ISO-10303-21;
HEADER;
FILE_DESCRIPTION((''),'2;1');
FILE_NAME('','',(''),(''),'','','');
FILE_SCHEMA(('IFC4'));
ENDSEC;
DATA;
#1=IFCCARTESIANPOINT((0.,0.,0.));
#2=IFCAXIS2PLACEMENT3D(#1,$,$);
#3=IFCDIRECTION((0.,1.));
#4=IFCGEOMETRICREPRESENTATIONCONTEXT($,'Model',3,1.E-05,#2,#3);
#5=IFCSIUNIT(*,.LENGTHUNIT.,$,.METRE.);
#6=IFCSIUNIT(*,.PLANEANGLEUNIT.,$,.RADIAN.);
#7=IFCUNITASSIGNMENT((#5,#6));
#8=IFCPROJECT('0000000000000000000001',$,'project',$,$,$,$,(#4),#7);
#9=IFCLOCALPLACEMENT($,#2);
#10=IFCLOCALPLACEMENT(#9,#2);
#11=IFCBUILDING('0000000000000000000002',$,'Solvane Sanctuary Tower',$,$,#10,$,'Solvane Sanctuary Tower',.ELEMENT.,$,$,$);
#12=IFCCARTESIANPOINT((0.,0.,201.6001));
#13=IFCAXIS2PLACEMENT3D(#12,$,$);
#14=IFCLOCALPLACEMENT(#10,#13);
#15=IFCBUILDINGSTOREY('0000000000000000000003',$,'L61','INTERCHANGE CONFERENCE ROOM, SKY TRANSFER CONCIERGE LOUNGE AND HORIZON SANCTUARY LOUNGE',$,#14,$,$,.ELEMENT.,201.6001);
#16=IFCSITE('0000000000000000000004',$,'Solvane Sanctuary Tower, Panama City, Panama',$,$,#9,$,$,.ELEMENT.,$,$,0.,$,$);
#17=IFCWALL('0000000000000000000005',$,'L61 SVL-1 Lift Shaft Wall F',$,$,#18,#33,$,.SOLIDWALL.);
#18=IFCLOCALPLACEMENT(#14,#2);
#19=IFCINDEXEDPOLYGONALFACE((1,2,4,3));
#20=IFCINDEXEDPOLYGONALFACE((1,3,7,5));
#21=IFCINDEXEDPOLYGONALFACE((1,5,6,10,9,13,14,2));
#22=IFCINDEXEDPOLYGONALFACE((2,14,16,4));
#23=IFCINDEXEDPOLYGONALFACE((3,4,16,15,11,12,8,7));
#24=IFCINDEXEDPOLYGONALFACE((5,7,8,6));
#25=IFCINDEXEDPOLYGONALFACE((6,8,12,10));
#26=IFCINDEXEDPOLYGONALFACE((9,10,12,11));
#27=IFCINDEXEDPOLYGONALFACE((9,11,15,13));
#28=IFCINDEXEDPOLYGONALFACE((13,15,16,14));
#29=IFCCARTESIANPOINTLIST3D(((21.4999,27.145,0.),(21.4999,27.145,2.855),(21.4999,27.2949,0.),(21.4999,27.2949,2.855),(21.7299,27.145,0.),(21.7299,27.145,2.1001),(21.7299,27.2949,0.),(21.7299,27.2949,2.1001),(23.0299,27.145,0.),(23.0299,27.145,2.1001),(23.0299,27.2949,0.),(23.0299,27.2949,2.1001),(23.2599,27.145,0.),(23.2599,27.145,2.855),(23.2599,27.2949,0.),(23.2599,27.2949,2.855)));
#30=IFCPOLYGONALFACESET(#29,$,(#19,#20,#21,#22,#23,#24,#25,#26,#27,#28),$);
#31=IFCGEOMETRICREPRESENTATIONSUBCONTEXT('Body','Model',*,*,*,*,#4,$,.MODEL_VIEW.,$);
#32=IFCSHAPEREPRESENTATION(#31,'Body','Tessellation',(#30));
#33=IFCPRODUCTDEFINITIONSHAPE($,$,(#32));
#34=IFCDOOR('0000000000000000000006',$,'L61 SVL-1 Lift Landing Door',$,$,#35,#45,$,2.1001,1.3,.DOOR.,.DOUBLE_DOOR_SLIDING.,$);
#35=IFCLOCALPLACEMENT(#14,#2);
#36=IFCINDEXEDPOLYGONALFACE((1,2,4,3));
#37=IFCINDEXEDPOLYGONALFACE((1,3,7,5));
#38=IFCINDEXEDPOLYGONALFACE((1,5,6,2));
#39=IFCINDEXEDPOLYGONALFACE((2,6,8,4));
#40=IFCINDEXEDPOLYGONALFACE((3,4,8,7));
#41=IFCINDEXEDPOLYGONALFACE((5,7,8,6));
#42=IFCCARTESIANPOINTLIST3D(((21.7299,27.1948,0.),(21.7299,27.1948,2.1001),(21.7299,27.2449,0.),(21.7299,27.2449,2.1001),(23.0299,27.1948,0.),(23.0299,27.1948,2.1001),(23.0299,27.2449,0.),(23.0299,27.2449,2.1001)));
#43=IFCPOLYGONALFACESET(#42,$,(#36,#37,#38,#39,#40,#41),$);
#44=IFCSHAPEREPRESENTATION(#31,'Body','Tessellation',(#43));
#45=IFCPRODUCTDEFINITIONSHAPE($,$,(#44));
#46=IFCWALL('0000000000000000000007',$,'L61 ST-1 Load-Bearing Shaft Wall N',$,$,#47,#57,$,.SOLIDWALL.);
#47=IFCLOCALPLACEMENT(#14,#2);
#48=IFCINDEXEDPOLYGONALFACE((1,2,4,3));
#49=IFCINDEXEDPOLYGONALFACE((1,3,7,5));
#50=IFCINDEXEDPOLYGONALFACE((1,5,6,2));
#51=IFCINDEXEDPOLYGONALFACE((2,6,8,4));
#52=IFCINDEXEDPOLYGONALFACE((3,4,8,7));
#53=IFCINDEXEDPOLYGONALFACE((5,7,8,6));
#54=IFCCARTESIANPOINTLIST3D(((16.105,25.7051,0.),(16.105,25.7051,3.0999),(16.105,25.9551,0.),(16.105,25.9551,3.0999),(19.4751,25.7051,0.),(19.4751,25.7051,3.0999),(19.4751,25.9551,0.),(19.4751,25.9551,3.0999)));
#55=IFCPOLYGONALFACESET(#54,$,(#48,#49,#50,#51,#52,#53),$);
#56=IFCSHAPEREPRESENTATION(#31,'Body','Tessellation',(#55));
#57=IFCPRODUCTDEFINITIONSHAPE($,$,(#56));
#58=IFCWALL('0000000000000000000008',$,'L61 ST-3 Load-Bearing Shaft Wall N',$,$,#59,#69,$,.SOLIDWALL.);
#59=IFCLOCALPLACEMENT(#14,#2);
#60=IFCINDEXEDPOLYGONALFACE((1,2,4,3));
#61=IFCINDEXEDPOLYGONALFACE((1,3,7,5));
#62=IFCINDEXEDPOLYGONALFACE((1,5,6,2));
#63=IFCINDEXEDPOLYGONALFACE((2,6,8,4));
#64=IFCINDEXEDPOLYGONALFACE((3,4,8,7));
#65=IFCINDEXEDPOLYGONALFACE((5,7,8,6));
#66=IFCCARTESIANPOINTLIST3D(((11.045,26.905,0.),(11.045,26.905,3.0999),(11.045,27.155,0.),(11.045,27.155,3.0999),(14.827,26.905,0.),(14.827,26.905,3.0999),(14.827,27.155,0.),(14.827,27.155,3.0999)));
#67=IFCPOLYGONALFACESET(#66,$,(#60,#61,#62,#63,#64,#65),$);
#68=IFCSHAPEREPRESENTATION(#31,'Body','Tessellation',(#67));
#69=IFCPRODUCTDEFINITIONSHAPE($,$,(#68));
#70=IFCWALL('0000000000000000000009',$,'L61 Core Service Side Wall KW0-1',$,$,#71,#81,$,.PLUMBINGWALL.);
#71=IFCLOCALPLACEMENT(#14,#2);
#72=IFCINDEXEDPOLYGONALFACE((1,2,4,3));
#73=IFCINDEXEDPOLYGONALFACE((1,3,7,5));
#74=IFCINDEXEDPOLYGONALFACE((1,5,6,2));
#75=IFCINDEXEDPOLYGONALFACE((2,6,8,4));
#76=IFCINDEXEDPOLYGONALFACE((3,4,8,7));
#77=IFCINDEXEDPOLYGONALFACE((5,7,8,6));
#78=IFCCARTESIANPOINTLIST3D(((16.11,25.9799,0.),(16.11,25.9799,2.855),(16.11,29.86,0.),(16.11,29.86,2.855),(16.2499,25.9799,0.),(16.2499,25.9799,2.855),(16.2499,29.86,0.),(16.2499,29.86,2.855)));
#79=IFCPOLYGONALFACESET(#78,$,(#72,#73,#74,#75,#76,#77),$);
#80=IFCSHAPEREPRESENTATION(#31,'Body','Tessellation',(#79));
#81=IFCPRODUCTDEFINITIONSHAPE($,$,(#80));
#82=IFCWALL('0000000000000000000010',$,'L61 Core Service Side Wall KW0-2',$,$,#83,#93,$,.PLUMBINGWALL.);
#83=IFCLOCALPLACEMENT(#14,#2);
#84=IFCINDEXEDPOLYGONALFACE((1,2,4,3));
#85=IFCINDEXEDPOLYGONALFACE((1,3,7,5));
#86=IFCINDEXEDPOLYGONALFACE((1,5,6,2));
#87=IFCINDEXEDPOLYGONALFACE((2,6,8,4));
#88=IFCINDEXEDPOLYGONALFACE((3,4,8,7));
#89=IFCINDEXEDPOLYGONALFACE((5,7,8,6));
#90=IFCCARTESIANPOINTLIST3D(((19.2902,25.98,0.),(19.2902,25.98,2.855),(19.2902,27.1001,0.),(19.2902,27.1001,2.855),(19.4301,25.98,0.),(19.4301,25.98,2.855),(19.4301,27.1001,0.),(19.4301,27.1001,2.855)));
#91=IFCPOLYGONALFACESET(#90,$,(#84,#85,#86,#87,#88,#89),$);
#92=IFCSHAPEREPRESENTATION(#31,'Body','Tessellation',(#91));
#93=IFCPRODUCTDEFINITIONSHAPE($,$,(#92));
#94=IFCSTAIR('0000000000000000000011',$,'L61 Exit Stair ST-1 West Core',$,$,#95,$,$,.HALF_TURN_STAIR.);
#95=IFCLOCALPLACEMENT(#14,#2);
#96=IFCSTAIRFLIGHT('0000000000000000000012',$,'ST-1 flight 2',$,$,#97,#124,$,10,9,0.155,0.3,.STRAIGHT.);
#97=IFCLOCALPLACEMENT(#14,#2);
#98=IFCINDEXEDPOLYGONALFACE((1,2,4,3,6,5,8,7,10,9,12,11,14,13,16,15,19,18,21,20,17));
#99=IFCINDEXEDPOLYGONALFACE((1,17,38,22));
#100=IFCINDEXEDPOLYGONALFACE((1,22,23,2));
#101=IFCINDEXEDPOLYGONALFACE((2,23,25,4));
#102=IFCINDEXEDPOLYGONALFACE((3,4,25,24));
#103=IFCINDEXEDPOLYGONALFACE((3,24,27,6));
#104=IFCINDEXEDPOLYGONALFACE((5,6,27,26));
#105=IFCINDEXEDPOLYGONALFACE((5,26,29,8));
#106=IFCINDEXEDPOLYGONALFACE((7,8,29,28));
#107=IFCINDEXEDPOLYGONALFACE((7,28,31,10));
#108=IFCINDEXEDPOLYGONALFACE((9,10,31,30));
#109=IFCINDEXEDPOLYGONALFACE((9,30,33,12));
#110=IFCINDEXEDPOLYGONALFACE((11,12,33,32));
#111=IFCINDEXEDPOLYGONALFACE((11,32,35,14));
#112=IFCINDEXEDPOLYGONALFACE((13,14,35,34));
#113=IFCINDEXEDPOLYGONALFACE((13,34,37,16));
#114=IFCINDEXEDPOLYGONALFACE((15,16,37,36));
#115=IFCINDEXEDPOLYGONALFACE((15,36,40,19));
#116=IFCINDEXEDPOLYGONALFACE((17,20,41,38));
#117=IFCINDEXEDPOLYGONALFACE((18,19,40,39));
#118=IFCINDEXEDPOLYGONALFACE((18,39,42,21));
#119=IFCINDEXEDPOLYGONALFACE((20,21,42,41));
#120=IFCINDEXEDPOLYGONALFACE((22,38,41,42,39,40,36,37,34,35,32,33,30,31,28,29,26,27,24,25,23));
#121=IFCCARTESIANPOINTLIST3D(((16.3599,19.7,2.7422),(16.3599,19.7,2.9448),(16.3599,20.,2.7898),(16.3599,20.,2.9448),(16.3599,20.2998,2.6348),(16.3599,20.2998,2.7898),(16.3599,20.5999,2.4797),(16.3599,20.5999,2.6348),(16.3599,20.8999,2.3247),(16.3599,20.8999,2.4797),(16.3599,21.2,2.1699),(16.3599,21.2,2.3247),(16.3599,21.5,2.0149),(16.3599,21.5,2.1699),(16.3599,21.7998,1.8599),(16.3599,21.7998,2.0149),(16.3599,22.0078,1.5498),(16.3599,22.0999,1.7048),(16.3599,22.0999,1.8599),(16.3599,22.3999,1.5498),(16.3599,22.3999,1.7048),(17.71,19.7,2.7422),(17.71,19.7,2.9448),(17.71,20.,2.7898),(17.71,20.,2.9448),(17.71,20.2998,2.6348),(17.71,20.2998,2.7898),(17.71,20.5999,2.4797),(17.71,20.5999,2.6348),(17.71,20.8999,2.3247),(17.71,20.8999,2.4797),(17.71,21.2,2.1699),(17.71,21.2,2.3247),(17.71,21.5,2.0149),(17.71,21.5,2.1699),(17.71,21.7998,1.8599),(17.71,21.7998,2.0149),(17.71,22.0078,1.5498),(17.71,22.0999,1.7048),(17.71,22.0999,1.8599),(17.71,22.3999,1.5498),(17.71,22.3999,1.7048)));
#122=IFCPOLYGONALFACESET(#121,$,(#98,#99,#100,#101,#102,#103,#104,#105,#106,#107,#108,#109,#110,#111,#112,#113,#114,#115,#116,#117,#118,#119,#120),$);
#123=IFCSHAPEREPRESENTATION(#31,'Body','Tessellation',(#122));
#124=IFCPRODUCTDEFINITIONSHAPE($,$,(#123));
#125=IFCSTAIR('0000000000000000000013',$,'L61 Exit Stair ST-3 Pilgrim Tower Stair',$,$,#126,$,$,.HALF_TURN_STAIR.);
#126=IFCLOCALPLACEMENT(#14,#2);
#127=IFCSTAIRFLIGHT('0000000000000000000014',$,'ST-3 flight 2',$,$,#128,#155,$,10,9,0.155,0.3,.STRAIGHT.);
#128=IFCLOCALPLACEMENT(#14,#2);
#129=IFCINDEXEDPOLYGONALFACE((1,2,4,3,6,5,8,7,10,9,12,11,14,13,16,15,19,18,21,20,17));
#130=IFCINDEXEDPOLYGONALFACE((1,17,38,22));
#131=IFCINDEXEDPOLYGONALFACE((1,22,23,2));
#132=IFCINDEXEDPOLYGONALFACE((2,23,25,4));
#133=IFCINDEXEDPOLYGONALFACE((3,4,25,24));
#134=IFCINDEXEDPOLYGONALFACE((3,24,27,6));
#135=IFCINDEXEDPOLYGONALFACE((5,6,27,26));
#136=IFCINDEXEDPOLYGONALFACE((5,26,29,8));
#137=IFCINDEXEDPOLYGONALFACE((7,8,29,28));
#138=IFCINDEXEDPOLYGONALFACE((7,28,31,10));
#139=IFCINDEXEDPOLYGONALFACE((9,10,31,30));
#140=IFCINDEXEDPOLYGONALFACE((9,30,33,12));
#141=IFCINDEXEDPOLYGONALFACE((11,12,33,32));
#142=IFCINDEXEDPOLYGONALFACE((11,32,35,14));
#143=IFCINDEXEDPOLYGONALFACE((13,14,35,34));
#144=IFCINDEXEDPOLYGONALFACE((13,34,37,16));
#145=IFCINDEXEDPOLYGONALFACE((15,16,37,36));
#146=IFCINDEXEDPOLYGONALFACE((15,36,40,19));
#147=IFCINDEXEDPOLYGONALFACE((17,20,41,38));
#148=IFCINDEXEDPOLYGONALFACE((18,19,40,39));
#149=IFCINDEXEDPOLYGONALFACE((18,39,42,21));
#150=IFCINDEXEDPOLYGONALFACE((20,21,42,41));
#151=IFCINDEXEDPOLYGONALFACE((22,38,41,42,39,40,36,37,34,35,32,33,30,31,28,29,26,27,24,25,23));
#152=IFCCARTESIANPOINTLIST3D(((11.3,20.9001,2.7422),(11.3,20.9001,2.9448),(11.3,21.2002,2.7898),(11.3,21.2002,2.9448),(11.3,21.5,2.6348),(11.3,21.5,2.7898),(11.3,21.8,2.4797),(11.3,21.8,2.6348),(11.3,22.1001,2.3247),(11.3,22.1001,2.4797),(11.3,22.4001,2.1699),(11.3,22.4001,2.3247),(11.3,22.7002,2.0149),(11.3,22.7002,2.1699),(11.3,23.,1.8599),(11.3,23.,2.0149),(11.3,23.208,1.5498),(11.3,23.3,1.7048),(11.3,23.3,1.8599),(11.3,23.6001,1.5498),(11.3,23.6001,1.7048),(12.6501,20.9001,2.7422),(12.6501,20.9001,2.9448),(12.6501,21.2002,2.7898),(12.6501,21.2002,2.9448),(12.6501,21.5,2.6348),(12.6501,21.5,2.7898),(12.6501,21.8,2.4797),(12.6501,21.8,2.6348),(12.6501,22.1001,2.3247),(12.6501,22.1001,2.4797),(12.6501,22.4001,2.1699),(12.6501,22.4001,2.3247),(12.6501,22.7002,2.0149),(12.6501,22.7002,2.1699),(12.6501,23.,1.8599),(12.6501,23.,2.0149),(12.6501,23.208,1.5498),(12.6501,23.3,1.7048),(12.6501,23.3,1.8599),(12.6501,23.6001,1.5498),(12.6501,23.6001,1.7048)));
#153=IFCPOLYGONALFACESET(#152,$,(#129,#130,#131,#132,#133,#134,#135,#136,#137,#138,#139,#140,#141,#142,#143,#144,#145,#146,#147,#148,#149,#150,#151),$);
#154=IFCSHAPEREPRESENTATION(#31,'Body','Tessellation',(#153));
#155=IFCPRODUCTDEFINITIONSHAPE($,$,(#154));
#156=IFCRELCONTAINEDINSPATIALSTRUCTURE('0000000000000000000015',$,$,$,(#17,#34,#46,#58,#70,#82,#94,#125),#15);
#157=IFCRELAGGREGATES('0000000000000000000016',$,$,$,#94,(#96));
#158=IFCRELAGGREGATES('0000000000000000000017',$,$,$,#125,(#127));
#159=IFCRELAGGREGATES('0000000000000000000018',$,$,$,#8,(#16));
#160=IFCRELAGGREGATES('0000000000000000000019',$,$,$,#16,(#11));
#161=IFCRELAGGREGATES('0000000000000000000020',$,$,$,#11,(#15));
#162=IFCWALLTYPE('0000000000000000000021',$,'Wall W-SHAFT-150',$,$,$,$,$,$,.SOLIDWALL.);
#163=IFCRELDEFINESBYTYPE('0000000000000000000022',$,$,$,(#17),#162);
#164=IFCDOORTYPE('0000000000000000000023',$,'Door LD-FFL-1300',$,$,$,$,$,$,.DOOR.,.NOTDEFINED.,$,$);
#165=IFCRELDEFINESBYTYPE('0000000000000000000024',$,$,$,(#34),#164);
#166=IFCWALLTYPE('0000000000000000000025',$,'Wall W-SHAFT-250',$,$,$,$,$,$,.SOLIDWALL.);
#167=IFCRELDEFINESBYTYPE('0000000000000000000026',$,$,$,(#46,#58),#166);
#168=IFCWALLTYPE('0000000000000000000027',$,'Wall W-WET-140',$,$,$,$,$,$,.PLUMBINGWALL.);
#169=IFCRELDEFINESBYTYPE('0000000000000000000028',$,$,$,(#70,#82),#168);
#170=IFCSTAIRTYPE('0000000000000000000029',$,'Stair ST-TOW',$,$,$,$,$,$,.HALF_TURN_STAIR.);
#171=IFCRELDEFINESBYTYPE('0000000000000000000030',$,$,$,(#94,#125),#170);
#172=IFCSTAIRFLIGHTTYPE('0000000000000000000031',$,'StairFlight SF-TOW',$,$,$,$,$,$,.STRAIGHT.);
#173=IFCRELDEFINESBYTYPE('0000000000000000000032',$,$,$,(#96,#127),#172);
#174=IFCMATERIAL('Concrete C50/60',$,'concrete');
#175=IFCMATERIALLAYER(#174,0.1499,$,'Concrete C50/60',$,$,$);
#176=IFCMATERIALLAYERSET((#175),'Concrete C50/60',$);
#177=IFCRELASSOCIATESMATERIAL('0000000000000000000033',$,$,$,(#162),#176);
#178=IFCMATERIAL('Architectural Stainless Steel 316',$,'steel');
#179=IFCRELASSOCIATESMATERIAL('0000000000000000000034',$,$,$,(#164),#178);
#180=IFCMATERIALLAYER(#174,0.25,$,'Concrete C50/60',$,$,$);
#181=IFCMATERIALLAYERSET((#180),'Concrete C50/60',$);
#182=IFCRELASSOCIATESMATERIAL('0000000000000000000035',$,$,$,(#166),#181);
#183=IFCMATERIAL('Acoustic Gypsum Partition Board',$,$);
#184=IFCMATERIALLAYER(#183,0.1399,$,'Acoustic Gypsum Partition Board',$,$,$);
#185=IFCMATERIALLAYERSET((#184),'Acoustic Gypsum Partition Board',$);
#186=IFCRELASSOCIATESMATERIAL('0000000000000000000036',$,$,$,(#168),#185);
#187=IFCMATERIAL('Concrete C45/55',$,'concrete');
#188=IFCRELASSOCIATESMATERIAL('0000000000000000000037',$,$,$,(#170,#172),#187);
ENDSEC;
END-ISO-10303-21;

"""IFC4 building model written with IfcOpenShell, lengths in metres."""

from ifc_helpers import new_model, si_unit, direction, frame, frame_2d, origin, place, context, subcontext, project, spatial, polyline, rectangle, outline, extrude, material, layer, layer_set, type_object, element, fill, aggregate, save


model = new_model("IFC4")

# Units and contexts
model_context = context("Model", 3, precision=1e-05, world=origin(), true_north=direction((0.0, 1.0)))
body_context = subcontext(model_context, "Body", "Model", "MODEL_VIEW")
ifc_project = project(units=[si_unit("LENGTHUNIT", "METRE"), si_unit("PLANEANGLEUNIT", "RADIAN")], contexts=[model_context])

# Site, building, storey
site_placement = place(None, origin())
site = spatial("IfcSite", under=ifc_project, at=site_placement, Name="Solvane Sanctuary Tower, Panama City, Panama", CompositionType="ELEMENT", RefElevation=0.0)
building_placement = place(site_placement, origin())
building = spatial("IfcBuilding", under=site, at=building_placement, Name="Solvane Sanctuary Tower", LongName="Solvane Sanctuary Tower", CompositionType="ELEMENT")
storey_placement = place(building_placement, frame((0.0, 0.0, 201.6001)))
storey = spatial("IfcBuildingStorey", under=building, at=storey_placement, Name="L61", Description="INTERCHANGE CONFERENCE ROOM, SKY TRANSFER CONCIERGE LOUNGE AND HORIZON SANCTUARY LOUNGE", CompositionType="ELEMENT", Elevation=201.6001)

# Shared definitions
ifc_material_1 = material(Name="Acoustic Gypsum Partition Board")

# Shared definitions
ifc_material_2 = material(Name="Concrete C50/60", Category="concrete")
ifc_layer_1 = layer(ifc_material_2, 0.1499, Name="Concrete C50/60")
ifc_layer_set_1 = layer_set([ifc_layer_1], Name="Concrete C50/60")
wall_type_1 = type_object("IfcWallType", Name="Wall W-SHAFT-150", PredefinedType="SOLIDWALL", material=ifc_layer_set_1)
ifc_material_3 = material(Name="Architectural Stainless Steel 316", Category="steel")
door_type = type_object("IfcDoorType", Name="Door LD-FFL-1300", OperationType="NOTDEFINED", PredefinedType="DOOR", material=ifc_material_3)

# Wall, opening, door
wall_1_placement = place(storey_placement, frame((21.5, 27.22, 0.0), z_axis=(0.0, 0.0, 1.0), x_axis=(1.0, 0.0, 0.0)))
wall_1 = element("IfcWall", 1, at=wall_1_placement, inside=storey, type_object=wall_type_1, Name="L61 SVL-1 Lift Shaft Wall F", PredefinedType="SOLIDWALL", context=body_context, shape_type="SweptSolid", body=[
    extrude(rectangle(XDim=1.76, YDim=0.1499, at=frame_2d((0.8799, 0.0))), origin(), (0.0, 0.0, 1.0), 2.855),
])
opening_1_placement = place(wall_1_placement, frame((0.23, 0.0, 0.0)))
opening_1 = element("IfcOpeningElement", 2, at=opening_1_placement, cuts=wall_1, PredefinedType="OPENING", context=body_context, shape_type="SweptSolid", body=[
    extrude(rectangle(XDim=1.3, YDim=2.1001, at=frame_2d((0.6499, 1.05))), frame((0.0, 0.085, 0.0), z_axis=(0.0, -1.0, 0.0), x_axis=(1.0, 0.0, 0.0)), (0.0, 0.0, 1.0), 0.1699),
])
door_1_placement = place(opening_1_placement, origin())
door_1 = element("IfcDoor", 3, at=door_1_placement, inside=storey, type_object=door_type, Name="L61 SVL-1 Lift Landing Door", OperationType="DOUBLE_DOOR_SLIDING", OverallHeight=2.1001, OverallWidth=1.3, PredefinedType="DOOR", context=body_context, shape_type="SweptSolid", body=[
    extrude(rectangle(XDim=1.3, YDim=2.1001, at=frame_2d((0.6499, 1.05))), frame((0.0, 0.0249, 0.0), z_axis=(0.0, -1.0, 0.0), x_axis=(1.0, 0.0, 0.0)), (0.0, 0.0, 1.0), 0.05),
])
fill(opening_1, door_1)

# Walls
ifc_layer_2 = layer(ifc_material_2, 0.25, Name="Concrete C50/60")
ifc_layer_set_2 = layer_set([ifc_layer_2], Name="Concrete C50/60")
wall_type_2 = type_object("IfcWallType", Name="Wall W-SHAFT-250", PredefinedType="SOLIDWALL", material=ifc_layer_set_2)
wall_2_placement = place(storey_placement, frame((16.105, 25.8301, 0.0), z_axis=(0.0, 0.0, 1.0), x_axis=(1.0, 0.0, 0.0)))
element("IfcWall", 4, at=wall_2_placement, inside=storey, type_object=wall_type_2, Name="L61 ST-1 Load-Bearing Shaft Wall N", PredefinedType="SOLIDWALL", context=body_context, shape_type="SweptSolid", body=[
    extrude(rectangle(XDim=3.3701, YDim=0.25, at=frame_2d((1.6851, 0.0))), origin(), (0.0, 0.0, 1.0), 3.0999),
])
wall_3_placement = place(storey_placement, frame((11.0449, 27.03, 0.0), z_axis=(0.0, 0.0, 1.0), x_axis=(1.0, 0.0, 0.0)))
element("IfcWall", 5, at=wall_3_placement, inside=storey, type_object=wall_type_2, Name="L61 ST-3 Load-Bearing Shaft Wall N", PredefinedType="SOLIDWALL", context=body_context, shape_type="SweptSolid", body=[
    extrude(rectangle(XDim=3.782, YDim=0.25, at=frame_2d((1.8911, 0.0))), origin(), (0.0, 0.0, 1.0), 3.0999),
])
ifc_layer_3 = layer(ifc_material_1, 0.1399, Name="Acoustic Gypsum Partition Board")
ifc_layer_set_3 = layer_set([ifc_layer_3], Name="Acoustic Gypsum Partition Board")
wall_type_3 = type_object("IfcWallType", Name="Wall W-WET-140", PredefinedType="PLUMBINGWALL", material=ifc_layer_set_3)
wall_4_placement = place(storey_placement, frame((16.1799, 25.98, 0.0), z_axis=(0.0, 0.0, 1.0), x_axis=(0.0, 1.0, 0.0)))
element("IfcWall", 6, at=wall_4_placement, inside=storey, type_object=wall_type_3, Name="L61 Core Service Side Wall KW0-1", PredefinedType="PLUMBINGWALL", context=body_context, shape_type="SweptSolid", body=[
    extrude(rectangle(XDim=3.8801, YDim=0.1399, at=frame_2d((1.9399, 0.0))), origin(), (0.0, 0.0, 1.0), 2.855),
])
wall_5_placement = place(storey_placement, frame((19.3601, 25.98, 0.0), z_axis=(0.0, 0.0, 1.0), x_axis=(0.0, 1.0, 0.0)))
element("IfcWall", 7, at=wall_5_placement, inside=storey, type_object=wall_type_3, Name="L61 Core Service Side Wall KW0-2", PredefinedType="PLUMBINGWALL", context=body_context, shape_type="SweptSolid", body=[
    extrude(rectangle(XDim=1.1201, YDim=0.1399, at=frame_2d((0.5601, 0.0))), origin(), (0.0, 0.0, 1.0), 2.855),
])

# Stairs, stair flights
ifc_material_4 = material(Name="Concrete C45/55", Category="concrete")
stair_type = type_object("IfcStairType", Name="Stair ST-TOW", PredefinedType="HALF_TURN_STAIR", material=ifc_material_4)
stair_1_placement = place(storey_placement, origin())
stair_1 = element("IfcStair", 8, at=stair_1_placement, inside=storey, type_object=stair_type, Name="L61 Exit Stair ST-1 West Core", PredefinedType="HALF_TURN_STAIR")
stair_flight_type = type_object("IfcStairFlightType", Name="StairFlight SF-TOW", PredefinedType="STRAIGHT", material=ifc_material_4)
stair_flight_1_placement = place(storey_placement, frame((17.0349, 22.3999, 1.5498), z_axis=(0.0, 0.0, 1.0), x_axis=(0.0, -1.0, 0.0)))
stair_flight_1 = element("IfcStairFlight", 9, at=stair_flight_1_placement, type_object=stair_flight_type, Name="ST-1 flight 2", NumberOfRisers=10, NumberOfTreads=9, PredefinedType="STRAIGHT", RiserHeight=0.155, TreadLength=0.3, context=body_context, shape_type="SweptSolid", body=[
    extrude(outline(polyline([(0.0, 0.0), (0.0, 0.155), (0.3, 0.155), (0.3, 0.3101), (0.6001, 0.3101), (0.6001, 0.4651), (0.8999, 0.4651), (0.8999, 0.6201), (1.2, 0.6201), (1.2, 0.7749), (1.5, 0.7749), (1.5, 0.9299), (1.8, 0.9299), (1.8, 1.085), (2.1001, 1.085), (2.1001, 1.24), (2.3999, 1.24), (2.3999, 1.395), (2.7, 1.395), (2.7, 1.55), (2.7, 1.1924), (0.3921, 0.0), (0.0, 0.0)])), frame((0.0, 0.675, 0.0), z_axis=(0.0, -1.0, 0.0), x_axis=(1.0, 0.0, 0.0)), (0.0, 0.0, 1.0), 1.3501),
])
aggregate(stair_1, [stair_flight_1])
stair_2_placement = place(storey_placement, origin())
stair_2 = element("IfcStair", 10, at=stair_2_placement, inside=storey, type_object=stair_type, Name="L61 Exit Stair ST-3 Pilgrim Tower Stair", PredefinedType="HALF_TURN_STAIR")
stair_flight_2_placement = place(storey_placement, frame((11.9751, 23.6001, 1.5498), z_axis=(0.0, 0.0, 1.0), x_axis=(0.0, -1.0, 0.0)))
stair_flight_2 = element("IfcStairFlight", 11, at=stair_flight_2_placement, type_object=stair_flight_type, Name="ST-3 flight 2", NumberOfRisers=10, NumberOfTreads=9, PredefinedType="STRAIGHT", RiserHeight=0.155, TreadLength=0.3, context=body_context, shape_type="SweptSolid", body=[
    extrude(outline(polyline([(0.0, 0.0), (0.0, 0.155), (0.3, 0.155), (0.3, 0.3101), (0.6001, 0.3101), (0.6001, 0.4651), (0.8999, 0.4651), (0.8999, 0.6201), (1.2, 0.6201), (1.2, 0.7749), (1.5, 0.7749), (1.5, 0.9299), (1.8, 0.9299), (1.8, 1.085), (2.1001, 1.085), (2.1001, 1.24), (2.3999, 1.24), (2.3999, 1.395), (2.7, 1.395), (2.7, 1.55), (2.7, 1.1924), (0.3921, 0.0), (0.0, 0.0)])), frame((0.0, 0.675, 0.0), z_axis=(0.0, -1.0, 0.0), x_axis=(1.0, 0.0, 0.0)), (0.0, 0.0, 1.0), 1.3501),
])
aggregate(stair_2, [stair_flight_2])

save(model, "model.ifc")
